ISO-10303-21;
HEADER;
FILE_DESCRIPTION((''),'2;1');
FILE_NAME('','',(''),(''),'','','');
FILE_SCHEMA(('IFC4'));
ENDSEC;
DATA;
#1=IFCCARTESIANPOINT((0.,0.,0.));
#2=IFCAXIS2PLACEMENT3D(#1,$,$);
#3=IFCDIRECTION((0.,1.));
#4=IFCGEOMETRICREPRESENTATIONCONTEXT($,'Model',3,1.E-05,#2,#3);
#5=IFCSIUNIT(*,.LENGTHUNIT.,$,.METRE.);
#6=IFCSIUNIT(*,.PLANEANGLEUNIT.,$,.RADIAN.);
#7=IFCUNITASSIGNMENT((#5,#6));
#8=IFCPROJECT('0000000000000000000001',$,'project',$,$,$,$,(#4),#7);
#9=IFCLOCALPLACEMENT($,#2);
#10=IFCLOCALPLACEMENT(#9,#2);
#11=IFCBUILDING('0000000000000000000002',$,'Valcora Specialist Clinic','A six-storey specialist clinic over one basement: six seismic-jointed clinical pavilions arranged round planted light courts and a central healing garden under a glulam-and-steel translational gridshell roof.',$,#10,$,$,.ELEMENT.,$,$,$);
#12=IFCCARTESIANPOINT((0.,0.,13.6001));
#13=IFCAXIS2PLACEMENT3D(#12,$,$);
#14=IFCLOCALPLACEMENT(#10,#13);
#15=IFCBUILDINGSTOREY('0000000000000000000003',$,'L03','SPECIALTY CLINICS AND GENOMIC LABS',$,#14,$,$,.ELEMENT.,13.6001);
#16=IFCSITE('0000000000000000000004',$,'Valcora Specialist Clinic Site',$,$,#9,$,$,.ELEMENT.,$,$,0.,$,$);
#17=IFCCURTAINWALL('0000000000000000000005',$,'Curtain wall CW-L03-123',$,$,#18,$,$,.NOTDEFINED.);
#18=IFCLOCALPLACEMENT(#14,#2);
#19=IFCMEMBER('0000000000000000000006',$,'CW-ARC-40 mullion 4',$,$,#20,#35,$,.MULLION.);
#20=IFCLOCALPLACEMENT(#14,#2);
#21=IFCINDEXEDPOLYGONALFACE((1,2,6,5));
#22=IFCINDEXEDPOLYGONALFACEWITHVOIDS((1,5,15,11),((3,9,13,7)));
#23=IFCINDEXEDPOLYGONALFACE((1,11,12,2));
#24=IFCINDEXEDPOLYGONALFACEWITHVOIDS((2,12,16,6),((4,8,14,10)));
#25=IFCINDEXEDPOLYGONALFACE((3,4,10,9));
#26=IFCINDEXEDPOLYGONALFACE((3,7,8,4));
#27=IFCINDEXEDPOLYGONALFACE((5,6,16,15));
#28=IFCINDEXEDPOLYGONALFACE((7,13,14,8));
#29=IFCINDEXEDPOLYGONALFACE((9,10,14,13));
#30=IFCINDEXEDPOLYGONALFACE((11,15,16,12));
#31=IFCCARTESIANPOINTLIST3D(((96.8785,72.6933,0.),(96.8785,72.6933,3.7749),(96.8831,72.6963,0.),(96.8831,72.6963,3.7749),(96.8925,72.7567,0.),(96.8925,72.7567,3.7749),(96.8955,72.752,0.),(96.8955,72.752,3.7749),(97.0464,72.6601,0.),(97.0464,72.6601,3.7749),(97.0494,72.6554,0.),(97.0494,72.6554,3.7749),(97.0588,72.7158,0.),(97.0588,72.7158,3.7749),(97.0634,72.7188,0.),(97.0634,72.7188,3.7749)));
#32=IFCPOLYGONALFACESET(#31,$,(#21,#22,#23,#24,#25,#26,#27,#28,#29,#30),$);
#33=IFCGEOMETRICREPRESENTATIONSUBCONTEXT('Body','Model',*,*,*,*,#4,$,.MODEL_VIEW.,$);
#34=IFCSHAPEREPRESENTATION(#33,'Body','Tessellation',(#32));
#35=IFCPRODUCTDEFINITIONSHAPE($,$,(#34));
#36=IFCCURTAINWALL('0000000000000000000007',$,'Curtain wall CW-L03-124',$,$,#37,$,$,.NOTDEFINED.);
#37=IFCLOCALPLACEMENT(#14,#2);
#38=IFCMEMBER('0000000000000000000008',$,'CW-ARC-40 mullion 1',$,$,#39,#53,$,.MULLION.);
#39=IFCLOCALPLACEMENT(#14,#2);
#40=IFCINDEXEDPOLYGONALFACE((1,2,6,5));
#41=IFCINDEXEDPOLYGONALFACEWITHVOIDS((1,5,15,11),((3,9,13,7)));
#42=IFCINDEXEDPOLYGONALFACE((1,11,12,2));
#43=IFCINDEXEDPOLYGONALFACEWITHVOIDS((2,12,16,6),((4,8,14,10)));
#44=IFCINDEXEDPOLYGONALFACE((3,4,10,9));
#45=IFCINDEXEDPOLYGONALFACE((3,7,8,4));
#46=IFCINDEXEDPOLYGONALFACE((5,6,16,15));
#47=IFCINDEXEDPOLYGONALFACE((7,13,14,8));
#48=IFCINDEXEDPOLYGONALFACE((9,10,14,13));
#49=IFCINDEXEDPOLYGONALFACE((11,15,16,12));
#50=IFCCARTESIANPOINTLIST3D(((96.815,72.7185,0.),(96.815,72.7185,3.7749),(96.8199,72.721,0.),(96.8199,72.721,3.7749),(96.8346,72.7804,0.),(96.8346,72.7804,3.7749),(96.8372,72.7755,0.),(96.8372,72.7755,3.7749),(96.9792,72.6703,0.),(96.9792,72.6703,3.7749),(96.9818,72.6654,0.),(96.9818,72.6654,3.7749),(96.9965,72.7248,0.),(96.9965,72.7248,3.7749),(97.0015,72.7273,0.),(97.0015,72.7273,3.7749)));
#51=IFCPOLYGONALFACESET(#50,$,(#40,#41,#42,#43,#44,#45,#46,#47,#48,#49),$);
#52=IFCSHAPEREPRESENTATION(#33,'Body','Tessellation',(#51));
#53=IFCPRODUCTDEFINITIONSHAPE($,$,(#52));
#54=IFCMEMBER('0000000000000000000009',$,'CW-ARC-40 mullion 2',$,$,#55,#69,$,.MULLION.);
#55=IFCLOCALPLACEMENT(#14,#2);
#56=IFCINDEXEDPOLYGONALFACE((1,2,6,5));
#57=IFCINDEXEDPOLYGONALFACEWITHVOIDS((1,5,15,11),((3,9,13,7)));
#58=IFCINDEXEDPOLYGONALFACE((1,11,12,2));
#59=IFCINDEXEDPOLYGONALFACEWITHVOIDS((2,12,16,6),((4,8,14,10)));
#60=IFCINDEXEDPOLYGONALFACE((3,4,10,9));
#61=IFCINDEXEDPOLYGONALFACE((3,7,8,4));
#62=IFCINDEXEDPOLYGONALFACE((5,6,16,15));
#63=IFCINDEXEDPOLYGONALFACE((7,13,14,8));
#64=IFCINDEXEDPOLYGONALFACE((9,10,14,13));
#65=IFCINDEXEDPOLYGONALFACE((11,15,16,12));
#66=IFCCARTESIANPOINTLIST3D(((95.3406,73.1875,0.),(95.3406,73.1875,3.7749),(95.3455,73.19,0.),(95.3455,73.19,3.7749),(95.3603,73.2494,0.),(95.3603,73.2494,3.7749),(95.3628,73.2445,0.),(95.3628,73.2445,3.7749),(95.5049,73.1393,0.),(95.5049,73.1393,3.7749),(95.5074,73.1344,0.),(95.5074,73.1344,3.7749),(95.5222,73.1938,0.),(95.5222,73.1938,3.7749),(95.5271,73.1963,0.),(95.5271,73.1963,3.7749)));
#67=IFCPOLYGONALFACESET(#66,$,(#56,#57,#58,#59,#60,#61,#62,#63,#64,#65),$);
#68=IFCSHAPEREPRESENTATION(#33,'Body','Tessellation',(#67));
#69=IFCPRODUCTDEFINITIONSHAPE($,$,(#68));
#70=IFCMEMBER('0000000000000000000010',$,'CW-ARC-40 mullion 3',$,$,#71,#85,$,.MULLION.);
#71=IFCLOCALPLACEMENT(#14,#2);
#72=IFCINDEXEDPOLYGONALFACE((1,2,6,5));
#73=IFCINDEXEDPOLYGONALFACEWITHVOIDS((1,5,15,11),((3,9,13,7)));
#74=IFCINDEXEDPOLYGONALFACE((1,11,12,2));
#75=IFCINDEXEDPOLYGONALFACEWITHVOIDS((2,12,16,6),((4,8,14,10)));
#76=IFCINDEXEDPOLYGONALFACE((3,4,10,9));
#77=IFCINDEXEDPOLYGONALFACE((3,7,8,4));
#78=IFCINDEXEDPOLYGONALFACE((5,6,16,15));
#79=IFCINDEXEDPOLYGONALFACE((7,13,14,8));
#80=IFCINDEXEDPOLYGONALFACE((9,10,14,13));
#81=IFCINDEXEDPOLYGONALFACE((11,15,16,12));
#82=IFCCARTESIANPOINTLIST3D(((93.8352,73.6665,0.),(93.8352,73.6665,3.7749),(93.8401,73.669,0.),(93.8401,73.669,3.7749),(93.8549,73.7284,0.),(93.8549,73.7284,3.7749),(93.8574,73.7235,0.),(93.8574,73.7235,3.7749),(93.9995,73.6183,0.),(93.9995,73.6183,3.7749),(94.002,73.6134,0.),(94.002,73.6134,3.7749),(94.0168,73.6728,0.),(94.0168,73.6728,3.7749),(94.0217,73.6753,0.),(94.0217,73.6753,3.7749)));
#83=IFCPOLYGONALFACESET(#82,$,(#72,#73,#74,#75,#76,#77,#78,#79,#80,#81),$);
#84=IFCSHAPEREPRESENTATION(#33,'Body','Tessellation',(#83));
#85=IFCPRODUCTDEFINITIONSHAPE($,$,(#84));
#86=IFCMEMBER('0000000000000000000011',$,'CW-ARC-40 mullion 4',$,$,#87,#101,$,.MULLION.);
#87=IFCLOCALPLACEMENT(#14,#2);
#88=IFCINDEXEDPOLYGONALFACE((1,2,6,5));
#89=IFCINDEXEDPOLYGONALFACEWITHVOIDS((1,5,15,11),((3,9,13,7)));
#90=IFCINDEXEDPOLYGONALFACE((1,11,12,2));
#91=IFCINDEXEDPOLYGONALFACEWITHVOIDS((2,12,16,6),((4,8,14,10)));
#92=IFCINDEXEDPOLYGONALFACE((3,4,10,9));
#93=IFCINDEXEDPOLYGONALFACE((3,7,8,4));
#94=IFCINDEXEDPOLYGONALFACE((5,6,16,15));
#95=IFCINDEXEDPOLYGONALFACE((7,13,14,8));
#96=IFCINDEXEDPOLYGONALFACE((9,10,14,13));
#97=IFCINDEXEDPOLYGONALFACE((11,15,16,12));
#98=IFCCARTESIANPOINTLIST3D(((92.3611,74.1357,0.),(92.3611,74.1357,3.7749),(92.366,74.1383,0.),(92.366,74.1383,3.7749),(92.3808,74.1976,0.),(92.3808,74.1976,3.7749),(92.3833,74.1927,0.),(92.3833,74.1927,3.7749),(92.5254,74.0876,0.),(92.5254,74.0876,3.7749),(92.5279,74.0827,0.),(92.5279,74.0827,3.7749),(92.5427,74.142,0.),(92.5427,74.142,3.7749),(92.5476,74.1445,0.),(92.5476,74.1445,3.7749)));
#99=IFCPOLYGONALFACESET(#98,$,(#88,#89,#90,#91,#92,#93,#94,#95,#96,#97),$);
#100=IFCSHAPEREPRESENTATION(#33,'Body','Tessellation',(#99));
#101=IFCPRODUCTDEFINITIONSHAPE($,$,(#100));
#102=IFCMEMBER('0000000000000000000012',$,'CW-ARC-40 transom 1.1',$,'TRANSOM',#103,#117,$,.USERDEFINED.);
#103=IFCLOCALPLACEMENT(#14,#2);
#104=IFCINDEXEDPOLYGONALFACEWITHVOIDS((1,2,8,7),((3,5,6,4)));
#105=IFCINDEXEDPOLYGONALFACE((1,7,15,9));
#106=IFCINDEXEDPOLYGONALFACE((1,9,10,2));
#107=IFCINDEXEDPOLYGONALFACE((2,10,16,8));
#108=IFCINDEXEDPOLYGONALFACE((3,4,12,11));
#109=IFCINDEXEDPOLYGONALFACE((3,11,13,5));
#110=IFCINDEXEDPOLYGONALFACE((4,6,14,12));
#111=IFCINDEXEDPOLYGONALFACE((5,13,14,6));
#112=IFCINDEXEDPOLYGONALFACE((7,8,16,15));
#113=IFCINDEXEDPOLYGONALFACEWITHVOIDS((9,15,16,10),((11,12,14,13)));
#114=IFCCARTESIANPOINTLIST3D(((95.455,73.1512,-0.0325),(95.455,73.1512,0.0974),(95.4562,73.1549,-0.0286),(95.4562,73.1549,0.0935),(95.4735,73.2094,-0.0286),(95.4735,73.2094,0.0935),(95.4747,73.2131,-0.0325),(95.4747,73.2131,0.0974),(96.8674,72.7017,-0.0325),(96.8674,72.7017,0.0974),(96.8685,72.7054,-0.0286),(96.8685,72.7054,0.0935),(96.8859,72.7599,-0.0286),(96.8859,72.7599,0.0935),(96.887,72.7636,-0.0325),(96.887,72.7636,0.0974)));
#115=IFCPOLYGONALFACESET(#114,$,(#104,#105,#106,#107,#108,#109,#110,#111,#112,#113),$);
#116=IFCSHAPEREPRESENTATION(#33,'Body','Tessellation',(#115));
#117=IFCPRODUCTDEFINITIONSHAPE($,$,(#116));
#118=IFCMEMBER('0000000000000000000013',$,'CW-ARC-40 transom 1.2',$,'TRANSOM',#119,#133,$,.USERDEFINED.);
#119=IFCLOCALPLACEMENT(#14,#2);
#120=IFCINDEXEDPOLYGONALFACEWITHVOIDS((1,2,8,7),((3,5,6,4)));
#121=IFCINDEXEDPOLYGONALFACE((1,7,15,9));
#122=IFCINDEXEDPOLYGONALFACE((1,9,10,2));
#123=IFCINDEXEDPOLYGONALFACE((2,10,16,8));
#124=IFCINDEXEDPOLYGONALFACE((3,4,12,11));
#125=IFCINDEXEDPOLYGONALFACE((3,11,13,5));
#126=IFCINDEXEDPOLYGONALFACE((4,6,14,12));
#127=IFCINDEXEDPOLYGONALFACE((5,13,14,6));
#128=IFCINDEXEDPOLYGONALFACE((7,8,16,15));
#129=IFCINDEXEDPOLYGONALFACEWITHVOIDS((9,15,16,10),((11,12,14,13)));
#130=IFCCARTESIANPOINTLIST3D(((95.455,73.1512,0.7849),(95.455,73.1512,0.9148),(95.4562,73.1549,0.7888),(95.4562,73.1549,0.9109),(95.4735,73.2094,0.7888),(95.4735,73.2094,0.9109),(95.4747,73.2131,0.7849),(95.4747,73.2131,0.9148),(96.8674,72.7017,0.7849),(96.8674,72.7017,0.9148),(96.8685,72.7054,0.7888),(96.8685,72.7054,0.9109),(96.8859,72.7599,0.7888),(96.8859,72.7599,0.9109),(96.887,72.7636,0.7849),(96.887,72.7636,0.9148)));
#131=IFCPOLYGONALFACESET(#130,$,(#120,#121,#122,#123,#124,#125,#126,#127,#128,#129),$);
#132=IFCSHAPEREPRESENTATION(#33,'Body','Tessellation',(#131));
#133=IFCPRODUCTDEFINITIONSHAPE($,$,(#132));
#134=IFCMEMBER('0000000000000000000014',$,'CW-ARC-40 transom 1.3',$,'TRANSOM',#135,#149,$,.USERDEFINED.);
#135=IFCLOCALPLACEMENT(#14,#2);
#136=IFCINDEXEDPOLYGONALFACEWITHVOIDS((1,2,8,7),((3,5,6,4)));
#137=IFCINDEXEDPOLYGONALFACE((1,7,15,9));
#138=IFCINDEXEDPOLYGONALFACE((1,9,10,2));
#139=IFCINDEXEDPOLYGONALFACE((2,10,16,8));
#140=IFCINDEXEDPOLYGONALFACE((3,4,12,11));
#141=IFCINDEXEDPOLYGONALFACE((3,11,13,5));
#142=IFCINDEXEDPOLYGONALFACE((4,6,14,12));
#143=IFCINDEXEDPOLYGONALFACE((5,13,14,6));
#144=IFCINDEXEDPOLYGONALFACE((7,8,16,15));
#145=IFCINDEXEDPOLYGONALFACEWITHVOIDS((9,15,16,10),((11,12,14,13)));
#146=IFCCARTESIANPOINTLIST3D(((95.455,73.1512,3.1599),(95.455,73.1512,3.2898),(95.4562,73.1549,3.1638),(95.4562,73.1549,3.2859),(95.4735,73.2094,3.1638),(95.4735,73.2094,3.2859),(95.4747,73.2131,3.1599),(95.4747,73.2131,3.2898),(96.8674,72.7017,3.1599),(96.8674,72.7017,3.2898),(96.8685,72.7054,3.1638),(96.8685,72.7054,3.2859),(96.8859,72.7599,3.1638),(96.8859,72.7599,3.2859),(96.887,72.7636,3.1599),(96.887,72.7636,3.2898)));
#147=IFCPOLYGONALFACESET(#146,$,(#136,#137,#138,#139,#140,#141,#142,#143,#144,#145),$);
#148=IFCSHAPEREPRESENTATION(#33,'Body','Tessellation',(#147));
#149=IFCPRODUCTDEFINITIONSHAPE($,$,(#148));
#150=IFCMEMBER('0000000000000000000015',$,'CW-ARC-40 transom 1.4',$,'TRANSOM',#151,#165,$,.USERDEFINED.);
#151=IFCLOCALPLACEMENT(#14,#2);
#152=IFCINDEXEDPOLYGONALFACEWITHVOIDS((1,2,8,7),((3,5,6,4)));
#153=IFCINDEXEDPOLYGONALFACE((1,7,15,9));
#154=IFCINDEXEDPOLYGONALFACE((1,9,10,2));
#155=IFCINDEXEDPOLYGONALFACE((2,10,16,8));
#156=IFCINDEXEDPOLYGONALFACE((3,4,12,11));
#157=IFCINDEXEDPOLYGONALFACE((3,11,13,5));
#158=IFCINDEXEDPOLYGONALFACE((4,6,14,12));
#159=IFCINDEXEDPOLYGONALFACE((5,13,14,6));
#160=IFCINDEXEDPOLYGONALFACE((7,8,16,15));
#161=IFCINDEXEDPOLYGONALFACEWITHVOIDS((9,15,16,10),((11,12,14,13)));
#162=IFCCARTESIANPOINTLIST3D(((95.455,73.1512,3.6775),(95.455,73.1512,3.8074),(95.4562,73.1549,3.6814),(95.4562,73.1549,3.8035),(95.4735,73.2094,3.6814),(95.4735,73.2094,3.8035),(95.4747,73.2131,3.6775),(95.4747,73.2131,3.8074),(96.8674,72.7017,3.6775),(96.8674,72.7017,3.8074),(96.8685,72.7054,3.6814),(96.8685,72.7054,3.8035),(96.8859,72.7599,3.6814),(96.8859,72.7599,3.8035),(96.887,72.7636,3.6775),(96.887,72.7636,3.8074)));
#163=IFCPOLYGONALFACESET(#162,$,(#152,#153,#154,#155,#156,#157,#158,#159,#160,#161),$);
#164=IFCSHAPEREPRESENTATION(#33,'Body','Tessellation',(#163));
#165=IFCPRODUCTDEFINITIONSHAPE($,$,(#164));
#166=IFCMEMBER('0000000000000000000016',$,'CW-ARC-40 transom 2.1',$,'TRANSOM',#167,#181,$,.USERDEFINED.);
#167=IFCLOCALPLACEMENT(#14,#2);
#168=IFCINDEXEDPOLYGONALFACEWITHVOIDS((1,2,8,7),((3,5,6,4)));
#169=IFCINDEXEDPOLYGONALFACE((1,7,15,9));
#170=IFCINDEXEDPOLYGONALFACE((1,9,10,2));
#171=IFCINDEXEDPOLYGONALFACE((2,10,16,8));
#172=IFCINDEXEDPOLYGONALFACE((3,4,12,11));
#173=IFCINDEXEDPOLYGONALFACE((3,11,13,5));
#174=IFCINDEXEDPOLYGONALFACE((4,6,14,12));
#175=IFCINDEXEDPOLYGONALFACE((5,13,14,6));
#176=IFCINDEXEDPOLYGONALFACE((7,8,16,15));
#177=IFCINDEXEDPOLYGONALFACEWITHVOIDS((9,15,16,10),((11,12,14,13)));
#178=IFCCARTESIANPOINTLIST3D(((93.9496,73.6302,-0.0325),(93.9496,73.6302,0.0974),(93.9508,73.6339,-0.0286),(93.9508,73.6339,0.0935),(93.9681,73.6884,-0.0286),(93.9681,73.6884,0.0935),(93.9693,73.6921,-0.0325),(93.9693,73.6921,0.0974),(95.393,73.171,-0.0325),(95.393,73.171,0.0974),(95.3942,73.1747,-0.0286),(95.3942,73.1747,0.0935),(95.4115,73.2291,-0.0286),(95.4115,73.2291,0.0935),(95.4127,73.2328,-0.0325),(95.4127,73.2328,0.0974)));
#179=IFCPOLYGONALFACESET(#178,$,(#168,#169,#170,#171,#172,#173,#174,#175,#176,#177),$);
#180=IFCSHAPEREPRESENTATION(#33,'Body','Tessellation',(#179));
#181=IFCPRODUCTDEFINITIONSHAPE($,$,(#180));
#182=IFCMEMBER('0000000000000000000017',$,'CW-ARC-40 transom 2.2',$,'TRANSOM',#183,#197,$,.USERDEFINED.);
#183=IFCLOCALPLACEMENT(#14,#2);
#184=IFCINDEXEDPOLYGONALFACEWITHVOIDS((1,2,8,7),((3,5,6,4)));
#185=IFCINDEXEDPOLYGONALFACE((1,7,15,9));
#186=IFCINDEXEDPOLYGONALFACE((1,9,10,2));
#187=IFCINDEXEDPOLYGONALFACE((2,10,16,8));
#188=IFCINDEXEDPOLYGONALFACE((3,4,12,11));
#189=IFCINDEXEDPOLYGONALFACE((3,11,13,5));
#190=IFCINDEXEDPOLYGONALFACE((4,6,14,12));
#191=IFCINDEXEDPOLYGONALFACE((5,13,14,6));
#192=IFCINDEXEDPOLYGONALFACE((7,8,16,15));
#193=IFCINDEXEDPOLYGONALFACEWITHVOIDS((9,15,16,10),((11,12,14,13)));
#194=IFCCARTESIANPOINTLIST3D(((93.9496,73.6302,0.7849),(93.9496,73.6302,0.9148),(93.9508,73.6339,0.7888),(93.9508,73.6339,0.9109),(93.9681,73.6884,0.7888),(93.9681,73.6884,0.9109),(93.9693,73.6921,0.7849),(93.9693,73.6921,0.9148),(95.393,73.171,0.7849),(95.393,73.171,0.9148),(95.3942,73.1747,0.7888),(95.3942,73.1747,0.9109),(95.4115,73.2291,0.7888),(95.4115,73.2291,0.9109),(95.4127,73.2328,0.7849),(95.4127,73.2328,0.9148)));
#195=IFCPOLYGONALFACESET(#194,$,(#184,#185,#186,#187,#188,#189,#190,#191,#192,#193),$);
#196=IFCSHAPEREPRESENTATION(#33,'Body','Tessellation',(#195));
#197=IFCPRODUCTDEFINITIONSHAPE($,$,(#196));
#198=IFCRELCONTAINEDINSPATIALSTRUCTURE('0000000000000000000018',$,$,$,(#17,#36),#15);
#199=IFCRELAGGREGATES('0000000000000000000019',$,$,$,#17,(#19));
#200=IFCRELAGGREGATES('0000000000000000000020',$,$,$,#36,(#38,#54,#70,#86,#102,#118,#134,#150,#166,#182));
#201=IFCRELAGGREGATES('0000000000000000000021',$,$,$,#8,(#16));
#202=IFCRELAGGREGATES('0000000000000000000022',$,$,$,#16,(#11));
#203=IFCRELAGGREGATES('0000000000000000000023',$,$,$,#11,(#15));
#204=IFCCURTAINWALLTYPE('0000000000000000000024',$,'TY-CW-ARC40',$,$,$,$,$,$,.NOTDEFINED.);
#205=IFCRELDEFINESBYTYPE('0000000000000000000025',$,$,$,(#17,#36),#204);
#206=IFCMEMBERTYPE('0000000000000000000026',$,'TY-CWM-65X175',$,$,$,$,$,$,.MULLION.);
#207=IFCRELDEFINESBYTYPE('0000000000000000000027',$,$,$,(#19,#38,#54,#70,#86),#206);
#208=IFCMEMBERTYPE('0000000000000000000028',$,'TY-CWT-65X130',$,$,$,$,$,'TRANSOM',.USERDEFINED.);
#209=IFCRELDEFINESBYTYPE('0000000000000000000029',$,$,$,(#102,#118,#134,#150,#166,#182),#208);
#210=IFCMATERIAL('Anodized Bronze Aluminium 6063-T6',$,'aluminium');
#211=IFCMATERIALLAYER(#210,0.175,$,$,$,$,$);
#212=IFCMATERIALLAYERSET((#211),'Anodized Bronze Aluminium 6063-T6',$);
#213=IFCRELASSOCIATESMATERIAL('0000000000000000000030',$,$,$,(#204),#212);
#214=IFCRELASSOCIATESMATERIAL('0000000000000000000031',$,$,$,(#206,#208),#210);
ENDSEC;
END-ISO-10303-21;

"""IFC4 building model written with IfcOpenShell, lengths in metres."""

from ifc_helpers import new_model, si_unit, direction, frame, origin, origin_2d, place, context, subcontext, project, spatial, hollow_rectangle, extrude, material, layer, layer_set, material_profile, profile_set, type_object, element, aggregate, save


model = new_model("IFC4")

# Units and contexts
model_context = context("Model", 3, precision=1e-05, world=origin(), true_north=direction((0.0, 1.0)))
body_context = subcontext(model_context, "Body", "Model", "MODEL_VIEW")
ifc_project = project(units=[si_unit("LENGTHUNIT", "METRE"), si_unit("PLANEANGLEUNIT", "RADIAN")], contexts=[model_context])

# Site, building, storey
site_placement = place(None, origin())
site = spatial("IfcSite", under=ifc_project, at=site_placement, Name="Valcora Specialist Clinic Site", CompositionType="ELEMENT", RefElevation=0.0)
building_placement = place(site_placement, origin())
building = spatial("IfcBuilding", under=site, at=building_placement, Name="Valcora Specialist Clinic", Description="A six-storey specialist clinic over one basement: six seismic-jointed clinical pavilions arranged round planted light courts and a central healing garden under a glulam-and-steel translational gridshell roof.", CompositionType="ELEMENT")
storey_placement = place(building_placement, frame((0.0, 0.0, 13.6001)))
storey = spatial("IfcBuildingStorey", under=building, at=storey_placement, Name="L03", Description="SPECIALTY CLINICS AND GENOMIC LABS", CompositionType="ELEMENT", Elevation=13.6001)

# Curtain wall, member
ifc_material_1 = material(Name="Anodized Bronze Aluminium 6063-T6", Category="aluminium")
ifc_layer_1 = layer(ifc_material_1, 0.175)
ifc_layer_set_1 = layer_set([ifc_layer_1], Name="Anodized Bronze Aluminium 6063-T6")
curtain_wall_type = type_object("IfcCurtainWallType", Name="TY-CW-ARC40", PredefinedType="NOTDEFINED", material=ifc_layer_set_1)
curtain_wall_1_placement = place(storey_placement, origin())
curtain_wall_1 = element("IfcCurtainWall", 1, at=curtain_wall_1_placement, inside=storey, type_object=curtain_wall_type, Name="Curtain wall CW-L03-123", PredefinedType="NOTDEFINED")
ifc_material_profile_1 = material_profile(ifc_material_1, hollow_rectangle(XDim=0.0649, YDim=0.175, WallThickness=0.0039, at=origin_2d()), Name="AL-MUL-65X175")
ifc_profile_set_1 = profile_set([ifc_material_profile_1], Name="Anodized Bronze Aluminium 6063-T6")
member_type_1 = type_object("IfcMemberType", Name="TY-CWM-65X175", PredefinedType="MULLION", material=ifc_profile_set_1)
member_1_placement = place(storey_placement, frame((96.9709, 72.7061, 0.0), z_axis=(0.0, 0.0, 1.0), x_axis=(-0.216518, -0.976279, 0.0)))
member_1 = element("IfcMember", 2, at=member_1_placement, type_object=member_type_1, Name="CW-ARC-40 mullion 4", PredefinedType="MULLION", context=body_context, shape_type="SweptSolid", body=[
    extrude(hollow_rectangle(XDim=0.0649, YDim=0.175, WallThickness=0.0039, at=origin_2d()), origin(), (0.0, 0.0, 1.0), 3.7749),
])
aggregate(curtain_wall_1, [member_1])

# Curtain wall, members
curtain_wall_2_placement = place(storey_placement, origin())
curtain_wall_2 = element("IfcCurtainWall", 3, at=curtain_wall_2_placement, inside=storey, type_object=curtain_wall_type, Name="Curtain wall CW-L03-124", PredefinedType="NOTDEFINED")
member_2_placement = place(storey_placement, frame((96.9082, 72.7229, 0.0), z_axis=(0.0, 0.0, 1.0), x_axis=(-0.303233, -0.952916, 0.0)))
member_2 = element("IfcMember", 4, at=member_2_placement, type_object=member_type_1, Name="CW-ARC-40 mullion 1", PredefinedType="MULLION", context=body_context, shape_type="SweptSolid", body=[
    extrude(hollow_rectangle(XDim=0.0649, YDim=0.175, WallThickness=0.0039, at=origin_2d()), origin(), (0.0, 0.0, 1.0), 3.7749),
])
member_3_placement = place(storey_placement, frame((95.4338, 73.1919, 0.0), z_axis=(0.0, 0.0, 1.0), x_axis=(-0.303233, -0.952916, 0.0)))
member_3 = element("IfcMember", 5, at=member_3_placement, type_object=member_type_1, Name="CW-ARC-40 mullion 2", PredefinedType="MULLION", context=body_context, shape_type="SweptSolid", body=[
    extrude(hollow_rectangle(XDim=0.0649, YDim=0.175, WallThickness=0.0039, at=origin_2d()), origin(), (0.0, 0.0, 1.0), 3.7749),
])
member_4_placement = place(storey_placement, frame((93.9285, 73.6709, 0.0), z_axis=(0.0, 0.0, 1.0), x_axis=(-0.303233, -0.952916, 0.0)))
member_4 = element("IfcMember", 6, at=member_4_placement, type_object=member_type_1, Name="CW-ARC-40 mullion 3", PredefinedType="MULLION", context=body_context, shape_type="SweptSolid", body=[
    extrude(hollow_rectangle(XDim=0.0649, YDim=0.175, WallThickness=0.0039, at=origin_2d()), origin(), (0.0, 0.0, 1.0), 3.7749),
])
member_5_placement = place(storey_placement, frame((92.4543, 74.1401, 0.0), z_axis=(0.0, 0.0, 1.0), x_axis=(-0.303233, -0.952916, 0.0)))
member_5 = element("IfcMember", 7, at=member_5_placement, type_object=member_type_1, Name="CW-ARC-40 mullion 4", PredefinedType="MULLION", context=body_context, shape_type="SweptSolid", body=[
    extrude(hollow_rectangle(XDim=0.0649, YDim=0.175, WallThickness=0.0039, at=origin_2d()), origin(), (0.0, 0.0, 1.0), 3.7749),
])
ifc_material_profile_2 = material_profile(ifc_material_1, hollow_rectangle(XDim=0.0649, YDim=0.1299, WallThickness=0.0039, at=origin_2d()), Name="AL-TRN-65X130")
ifc_profile_set_2 = profile_set([ifc_material_profile_2], Name="Anodized Bronze Aluminium 6063-T6")
member_type_2 = type_object("IfcMemberType", Name="TY-CWT-65X130", ElementType="TRANSOM", PredefinedType="USERDEFINED", material=ifc_profile_set_2)
member_6_placement = place(storey_placement, frame((96.8772, 72.7327, 0.0325), z_axis=(-0.952911, 0.303251, 0.0), x_axis=(-0.303251, -0.952911, 0.0)))
member_6 = element("IfcMember", 8, at=member_6_placement, type_object=member_type_2, Name="CW-ARC-40 transom 1.1", ObjectType="TRANSOM", PredefinedType="USERDEFINED", context=body_context, shape_type="SweptSolid", body=[
    extrude(hollow_rectangle(XDim=0.0649, YDim=0.1299, WallThickness=0.0039, at=origin_2d()), origin(), (0.0, 0.0, 1.0), 1.4822),
])
member_7_placement = place(storey_placement, frame((96.8772, 72.7327, 0.8499), z_axis=(-0.952911, 0.303251, 0.0), x_axis=(-0.303251, -0.952911, 0.0)))
member_7 = element("IfcMember", 9, at=member_7_placement, type_object=member_type_2, Name="CW-ARC-40 transom 1.2", ObjectType="TRANSOM", PredefinedType="USERDEFINED", context=body_context, shape_type="SweptSolid", body=[
    extrude(hollow_rectangle(XDim=0.0649, YDim=0.1299, WallThickness=0.0039, at=origin_2d()), origin(), (0.0, 0.0, 1.0), 1.4822),
])
member_8_placement = place(storey_placement, frame((96.8772, 72.7327, 3.2249), z_axis=(-0.952911, 0.303251, 0.0), x_axis=(-0.303251, -0.952911, 0.0)))
member_8 = element("IfcMember", 10, at=member_8_placement, type_object=member_type_2, Name="CW-ARC-40 transom 1.3", ObjectType="TRANSOM", PredefinedType="USERDEFINED", context=body_context, shape_type="SweptSolid", body=[
    extrude(hollow_rectangle(XDim=0.0649, YDim=0.1299, WallThickness=0.0039, at=origin_2d()), origin(), (0.0, 0.0, 1.0), 1.4822),
])
member_9_placement = place(storey_placement, frame((96.8772, 72.7327, 3.7424), z_axis=(-0.952911, 0.303251, 0.0), x_axis=(-0.303251, -0.952911, 0.0)))
member_9 = element("IfcMember", 11, at=member_9_placement, type_object=member_type_2, Name="CW-ARC-40 transom 1.4", ObjectType="TRANSOM", PredefinedType="USERDEFINED", context=body_context, shape_type="SweptSolid", body=[
    extrude(hollow_rectangle(XDim=0.0649, YDim=0.1299, WallThickness=0.0039, at=origin_2d()), origin(), (0.0, 0.0, 1.0), 1.4822),
])
member_10_placement = place(storey_placement, frame((95.4028, 73.2019, 0.0325), z_axis=(-0.95293, 0.30319, 0.0), x_axis=(-0.30319, -0.95293, 0.0)))
member_10 = element("IfcMember", 12, at=member_10_placement, type_object=member_type_2, Name="CW-ARC-40 transom 2.1", ObjectType="TRANSOM", PredefinedType="USERDEFINED", context=body_context, shape_type="SweptSolid", body=[
    extrude(hollow_rectangle(XDim=0.0649, YDim=0.1299, WallThickness=0.0039, at=origin_2d()), origin(), (0.0, 0.0, 1.0), 1.5146),
])
member_11_placement = place(storey_placement, frame((95.4028, 73.2019, 0.8499), z_axis=(-0.95293, 0.30319, 0.0), x_axis=(-0.30319, -0.95293, 0.0)))
member_11 = element("IfcMember", 13, at=member_11_placement, type_object=member_type_2, Name="CW-ARC-40 transom 2.2", ObjectType="TRANSOM", PredefinedType="USERDEFINED", context=body_context, shape_type="SweptSolid", body=[
    extrude(hollow_rectangle(XDim=0.0649, YDim=0.1299, WallThickness=0.0039, at=origin_2d()), origin(), (0.0, 0.0, 1.0), 1.5146),
])
aggregate(curtain_wall_2, [member_2, member_3, member_4, member_5, member_6, member_7, member_8, member_9, member_10, member_11])

save(model, "model.ifc")
